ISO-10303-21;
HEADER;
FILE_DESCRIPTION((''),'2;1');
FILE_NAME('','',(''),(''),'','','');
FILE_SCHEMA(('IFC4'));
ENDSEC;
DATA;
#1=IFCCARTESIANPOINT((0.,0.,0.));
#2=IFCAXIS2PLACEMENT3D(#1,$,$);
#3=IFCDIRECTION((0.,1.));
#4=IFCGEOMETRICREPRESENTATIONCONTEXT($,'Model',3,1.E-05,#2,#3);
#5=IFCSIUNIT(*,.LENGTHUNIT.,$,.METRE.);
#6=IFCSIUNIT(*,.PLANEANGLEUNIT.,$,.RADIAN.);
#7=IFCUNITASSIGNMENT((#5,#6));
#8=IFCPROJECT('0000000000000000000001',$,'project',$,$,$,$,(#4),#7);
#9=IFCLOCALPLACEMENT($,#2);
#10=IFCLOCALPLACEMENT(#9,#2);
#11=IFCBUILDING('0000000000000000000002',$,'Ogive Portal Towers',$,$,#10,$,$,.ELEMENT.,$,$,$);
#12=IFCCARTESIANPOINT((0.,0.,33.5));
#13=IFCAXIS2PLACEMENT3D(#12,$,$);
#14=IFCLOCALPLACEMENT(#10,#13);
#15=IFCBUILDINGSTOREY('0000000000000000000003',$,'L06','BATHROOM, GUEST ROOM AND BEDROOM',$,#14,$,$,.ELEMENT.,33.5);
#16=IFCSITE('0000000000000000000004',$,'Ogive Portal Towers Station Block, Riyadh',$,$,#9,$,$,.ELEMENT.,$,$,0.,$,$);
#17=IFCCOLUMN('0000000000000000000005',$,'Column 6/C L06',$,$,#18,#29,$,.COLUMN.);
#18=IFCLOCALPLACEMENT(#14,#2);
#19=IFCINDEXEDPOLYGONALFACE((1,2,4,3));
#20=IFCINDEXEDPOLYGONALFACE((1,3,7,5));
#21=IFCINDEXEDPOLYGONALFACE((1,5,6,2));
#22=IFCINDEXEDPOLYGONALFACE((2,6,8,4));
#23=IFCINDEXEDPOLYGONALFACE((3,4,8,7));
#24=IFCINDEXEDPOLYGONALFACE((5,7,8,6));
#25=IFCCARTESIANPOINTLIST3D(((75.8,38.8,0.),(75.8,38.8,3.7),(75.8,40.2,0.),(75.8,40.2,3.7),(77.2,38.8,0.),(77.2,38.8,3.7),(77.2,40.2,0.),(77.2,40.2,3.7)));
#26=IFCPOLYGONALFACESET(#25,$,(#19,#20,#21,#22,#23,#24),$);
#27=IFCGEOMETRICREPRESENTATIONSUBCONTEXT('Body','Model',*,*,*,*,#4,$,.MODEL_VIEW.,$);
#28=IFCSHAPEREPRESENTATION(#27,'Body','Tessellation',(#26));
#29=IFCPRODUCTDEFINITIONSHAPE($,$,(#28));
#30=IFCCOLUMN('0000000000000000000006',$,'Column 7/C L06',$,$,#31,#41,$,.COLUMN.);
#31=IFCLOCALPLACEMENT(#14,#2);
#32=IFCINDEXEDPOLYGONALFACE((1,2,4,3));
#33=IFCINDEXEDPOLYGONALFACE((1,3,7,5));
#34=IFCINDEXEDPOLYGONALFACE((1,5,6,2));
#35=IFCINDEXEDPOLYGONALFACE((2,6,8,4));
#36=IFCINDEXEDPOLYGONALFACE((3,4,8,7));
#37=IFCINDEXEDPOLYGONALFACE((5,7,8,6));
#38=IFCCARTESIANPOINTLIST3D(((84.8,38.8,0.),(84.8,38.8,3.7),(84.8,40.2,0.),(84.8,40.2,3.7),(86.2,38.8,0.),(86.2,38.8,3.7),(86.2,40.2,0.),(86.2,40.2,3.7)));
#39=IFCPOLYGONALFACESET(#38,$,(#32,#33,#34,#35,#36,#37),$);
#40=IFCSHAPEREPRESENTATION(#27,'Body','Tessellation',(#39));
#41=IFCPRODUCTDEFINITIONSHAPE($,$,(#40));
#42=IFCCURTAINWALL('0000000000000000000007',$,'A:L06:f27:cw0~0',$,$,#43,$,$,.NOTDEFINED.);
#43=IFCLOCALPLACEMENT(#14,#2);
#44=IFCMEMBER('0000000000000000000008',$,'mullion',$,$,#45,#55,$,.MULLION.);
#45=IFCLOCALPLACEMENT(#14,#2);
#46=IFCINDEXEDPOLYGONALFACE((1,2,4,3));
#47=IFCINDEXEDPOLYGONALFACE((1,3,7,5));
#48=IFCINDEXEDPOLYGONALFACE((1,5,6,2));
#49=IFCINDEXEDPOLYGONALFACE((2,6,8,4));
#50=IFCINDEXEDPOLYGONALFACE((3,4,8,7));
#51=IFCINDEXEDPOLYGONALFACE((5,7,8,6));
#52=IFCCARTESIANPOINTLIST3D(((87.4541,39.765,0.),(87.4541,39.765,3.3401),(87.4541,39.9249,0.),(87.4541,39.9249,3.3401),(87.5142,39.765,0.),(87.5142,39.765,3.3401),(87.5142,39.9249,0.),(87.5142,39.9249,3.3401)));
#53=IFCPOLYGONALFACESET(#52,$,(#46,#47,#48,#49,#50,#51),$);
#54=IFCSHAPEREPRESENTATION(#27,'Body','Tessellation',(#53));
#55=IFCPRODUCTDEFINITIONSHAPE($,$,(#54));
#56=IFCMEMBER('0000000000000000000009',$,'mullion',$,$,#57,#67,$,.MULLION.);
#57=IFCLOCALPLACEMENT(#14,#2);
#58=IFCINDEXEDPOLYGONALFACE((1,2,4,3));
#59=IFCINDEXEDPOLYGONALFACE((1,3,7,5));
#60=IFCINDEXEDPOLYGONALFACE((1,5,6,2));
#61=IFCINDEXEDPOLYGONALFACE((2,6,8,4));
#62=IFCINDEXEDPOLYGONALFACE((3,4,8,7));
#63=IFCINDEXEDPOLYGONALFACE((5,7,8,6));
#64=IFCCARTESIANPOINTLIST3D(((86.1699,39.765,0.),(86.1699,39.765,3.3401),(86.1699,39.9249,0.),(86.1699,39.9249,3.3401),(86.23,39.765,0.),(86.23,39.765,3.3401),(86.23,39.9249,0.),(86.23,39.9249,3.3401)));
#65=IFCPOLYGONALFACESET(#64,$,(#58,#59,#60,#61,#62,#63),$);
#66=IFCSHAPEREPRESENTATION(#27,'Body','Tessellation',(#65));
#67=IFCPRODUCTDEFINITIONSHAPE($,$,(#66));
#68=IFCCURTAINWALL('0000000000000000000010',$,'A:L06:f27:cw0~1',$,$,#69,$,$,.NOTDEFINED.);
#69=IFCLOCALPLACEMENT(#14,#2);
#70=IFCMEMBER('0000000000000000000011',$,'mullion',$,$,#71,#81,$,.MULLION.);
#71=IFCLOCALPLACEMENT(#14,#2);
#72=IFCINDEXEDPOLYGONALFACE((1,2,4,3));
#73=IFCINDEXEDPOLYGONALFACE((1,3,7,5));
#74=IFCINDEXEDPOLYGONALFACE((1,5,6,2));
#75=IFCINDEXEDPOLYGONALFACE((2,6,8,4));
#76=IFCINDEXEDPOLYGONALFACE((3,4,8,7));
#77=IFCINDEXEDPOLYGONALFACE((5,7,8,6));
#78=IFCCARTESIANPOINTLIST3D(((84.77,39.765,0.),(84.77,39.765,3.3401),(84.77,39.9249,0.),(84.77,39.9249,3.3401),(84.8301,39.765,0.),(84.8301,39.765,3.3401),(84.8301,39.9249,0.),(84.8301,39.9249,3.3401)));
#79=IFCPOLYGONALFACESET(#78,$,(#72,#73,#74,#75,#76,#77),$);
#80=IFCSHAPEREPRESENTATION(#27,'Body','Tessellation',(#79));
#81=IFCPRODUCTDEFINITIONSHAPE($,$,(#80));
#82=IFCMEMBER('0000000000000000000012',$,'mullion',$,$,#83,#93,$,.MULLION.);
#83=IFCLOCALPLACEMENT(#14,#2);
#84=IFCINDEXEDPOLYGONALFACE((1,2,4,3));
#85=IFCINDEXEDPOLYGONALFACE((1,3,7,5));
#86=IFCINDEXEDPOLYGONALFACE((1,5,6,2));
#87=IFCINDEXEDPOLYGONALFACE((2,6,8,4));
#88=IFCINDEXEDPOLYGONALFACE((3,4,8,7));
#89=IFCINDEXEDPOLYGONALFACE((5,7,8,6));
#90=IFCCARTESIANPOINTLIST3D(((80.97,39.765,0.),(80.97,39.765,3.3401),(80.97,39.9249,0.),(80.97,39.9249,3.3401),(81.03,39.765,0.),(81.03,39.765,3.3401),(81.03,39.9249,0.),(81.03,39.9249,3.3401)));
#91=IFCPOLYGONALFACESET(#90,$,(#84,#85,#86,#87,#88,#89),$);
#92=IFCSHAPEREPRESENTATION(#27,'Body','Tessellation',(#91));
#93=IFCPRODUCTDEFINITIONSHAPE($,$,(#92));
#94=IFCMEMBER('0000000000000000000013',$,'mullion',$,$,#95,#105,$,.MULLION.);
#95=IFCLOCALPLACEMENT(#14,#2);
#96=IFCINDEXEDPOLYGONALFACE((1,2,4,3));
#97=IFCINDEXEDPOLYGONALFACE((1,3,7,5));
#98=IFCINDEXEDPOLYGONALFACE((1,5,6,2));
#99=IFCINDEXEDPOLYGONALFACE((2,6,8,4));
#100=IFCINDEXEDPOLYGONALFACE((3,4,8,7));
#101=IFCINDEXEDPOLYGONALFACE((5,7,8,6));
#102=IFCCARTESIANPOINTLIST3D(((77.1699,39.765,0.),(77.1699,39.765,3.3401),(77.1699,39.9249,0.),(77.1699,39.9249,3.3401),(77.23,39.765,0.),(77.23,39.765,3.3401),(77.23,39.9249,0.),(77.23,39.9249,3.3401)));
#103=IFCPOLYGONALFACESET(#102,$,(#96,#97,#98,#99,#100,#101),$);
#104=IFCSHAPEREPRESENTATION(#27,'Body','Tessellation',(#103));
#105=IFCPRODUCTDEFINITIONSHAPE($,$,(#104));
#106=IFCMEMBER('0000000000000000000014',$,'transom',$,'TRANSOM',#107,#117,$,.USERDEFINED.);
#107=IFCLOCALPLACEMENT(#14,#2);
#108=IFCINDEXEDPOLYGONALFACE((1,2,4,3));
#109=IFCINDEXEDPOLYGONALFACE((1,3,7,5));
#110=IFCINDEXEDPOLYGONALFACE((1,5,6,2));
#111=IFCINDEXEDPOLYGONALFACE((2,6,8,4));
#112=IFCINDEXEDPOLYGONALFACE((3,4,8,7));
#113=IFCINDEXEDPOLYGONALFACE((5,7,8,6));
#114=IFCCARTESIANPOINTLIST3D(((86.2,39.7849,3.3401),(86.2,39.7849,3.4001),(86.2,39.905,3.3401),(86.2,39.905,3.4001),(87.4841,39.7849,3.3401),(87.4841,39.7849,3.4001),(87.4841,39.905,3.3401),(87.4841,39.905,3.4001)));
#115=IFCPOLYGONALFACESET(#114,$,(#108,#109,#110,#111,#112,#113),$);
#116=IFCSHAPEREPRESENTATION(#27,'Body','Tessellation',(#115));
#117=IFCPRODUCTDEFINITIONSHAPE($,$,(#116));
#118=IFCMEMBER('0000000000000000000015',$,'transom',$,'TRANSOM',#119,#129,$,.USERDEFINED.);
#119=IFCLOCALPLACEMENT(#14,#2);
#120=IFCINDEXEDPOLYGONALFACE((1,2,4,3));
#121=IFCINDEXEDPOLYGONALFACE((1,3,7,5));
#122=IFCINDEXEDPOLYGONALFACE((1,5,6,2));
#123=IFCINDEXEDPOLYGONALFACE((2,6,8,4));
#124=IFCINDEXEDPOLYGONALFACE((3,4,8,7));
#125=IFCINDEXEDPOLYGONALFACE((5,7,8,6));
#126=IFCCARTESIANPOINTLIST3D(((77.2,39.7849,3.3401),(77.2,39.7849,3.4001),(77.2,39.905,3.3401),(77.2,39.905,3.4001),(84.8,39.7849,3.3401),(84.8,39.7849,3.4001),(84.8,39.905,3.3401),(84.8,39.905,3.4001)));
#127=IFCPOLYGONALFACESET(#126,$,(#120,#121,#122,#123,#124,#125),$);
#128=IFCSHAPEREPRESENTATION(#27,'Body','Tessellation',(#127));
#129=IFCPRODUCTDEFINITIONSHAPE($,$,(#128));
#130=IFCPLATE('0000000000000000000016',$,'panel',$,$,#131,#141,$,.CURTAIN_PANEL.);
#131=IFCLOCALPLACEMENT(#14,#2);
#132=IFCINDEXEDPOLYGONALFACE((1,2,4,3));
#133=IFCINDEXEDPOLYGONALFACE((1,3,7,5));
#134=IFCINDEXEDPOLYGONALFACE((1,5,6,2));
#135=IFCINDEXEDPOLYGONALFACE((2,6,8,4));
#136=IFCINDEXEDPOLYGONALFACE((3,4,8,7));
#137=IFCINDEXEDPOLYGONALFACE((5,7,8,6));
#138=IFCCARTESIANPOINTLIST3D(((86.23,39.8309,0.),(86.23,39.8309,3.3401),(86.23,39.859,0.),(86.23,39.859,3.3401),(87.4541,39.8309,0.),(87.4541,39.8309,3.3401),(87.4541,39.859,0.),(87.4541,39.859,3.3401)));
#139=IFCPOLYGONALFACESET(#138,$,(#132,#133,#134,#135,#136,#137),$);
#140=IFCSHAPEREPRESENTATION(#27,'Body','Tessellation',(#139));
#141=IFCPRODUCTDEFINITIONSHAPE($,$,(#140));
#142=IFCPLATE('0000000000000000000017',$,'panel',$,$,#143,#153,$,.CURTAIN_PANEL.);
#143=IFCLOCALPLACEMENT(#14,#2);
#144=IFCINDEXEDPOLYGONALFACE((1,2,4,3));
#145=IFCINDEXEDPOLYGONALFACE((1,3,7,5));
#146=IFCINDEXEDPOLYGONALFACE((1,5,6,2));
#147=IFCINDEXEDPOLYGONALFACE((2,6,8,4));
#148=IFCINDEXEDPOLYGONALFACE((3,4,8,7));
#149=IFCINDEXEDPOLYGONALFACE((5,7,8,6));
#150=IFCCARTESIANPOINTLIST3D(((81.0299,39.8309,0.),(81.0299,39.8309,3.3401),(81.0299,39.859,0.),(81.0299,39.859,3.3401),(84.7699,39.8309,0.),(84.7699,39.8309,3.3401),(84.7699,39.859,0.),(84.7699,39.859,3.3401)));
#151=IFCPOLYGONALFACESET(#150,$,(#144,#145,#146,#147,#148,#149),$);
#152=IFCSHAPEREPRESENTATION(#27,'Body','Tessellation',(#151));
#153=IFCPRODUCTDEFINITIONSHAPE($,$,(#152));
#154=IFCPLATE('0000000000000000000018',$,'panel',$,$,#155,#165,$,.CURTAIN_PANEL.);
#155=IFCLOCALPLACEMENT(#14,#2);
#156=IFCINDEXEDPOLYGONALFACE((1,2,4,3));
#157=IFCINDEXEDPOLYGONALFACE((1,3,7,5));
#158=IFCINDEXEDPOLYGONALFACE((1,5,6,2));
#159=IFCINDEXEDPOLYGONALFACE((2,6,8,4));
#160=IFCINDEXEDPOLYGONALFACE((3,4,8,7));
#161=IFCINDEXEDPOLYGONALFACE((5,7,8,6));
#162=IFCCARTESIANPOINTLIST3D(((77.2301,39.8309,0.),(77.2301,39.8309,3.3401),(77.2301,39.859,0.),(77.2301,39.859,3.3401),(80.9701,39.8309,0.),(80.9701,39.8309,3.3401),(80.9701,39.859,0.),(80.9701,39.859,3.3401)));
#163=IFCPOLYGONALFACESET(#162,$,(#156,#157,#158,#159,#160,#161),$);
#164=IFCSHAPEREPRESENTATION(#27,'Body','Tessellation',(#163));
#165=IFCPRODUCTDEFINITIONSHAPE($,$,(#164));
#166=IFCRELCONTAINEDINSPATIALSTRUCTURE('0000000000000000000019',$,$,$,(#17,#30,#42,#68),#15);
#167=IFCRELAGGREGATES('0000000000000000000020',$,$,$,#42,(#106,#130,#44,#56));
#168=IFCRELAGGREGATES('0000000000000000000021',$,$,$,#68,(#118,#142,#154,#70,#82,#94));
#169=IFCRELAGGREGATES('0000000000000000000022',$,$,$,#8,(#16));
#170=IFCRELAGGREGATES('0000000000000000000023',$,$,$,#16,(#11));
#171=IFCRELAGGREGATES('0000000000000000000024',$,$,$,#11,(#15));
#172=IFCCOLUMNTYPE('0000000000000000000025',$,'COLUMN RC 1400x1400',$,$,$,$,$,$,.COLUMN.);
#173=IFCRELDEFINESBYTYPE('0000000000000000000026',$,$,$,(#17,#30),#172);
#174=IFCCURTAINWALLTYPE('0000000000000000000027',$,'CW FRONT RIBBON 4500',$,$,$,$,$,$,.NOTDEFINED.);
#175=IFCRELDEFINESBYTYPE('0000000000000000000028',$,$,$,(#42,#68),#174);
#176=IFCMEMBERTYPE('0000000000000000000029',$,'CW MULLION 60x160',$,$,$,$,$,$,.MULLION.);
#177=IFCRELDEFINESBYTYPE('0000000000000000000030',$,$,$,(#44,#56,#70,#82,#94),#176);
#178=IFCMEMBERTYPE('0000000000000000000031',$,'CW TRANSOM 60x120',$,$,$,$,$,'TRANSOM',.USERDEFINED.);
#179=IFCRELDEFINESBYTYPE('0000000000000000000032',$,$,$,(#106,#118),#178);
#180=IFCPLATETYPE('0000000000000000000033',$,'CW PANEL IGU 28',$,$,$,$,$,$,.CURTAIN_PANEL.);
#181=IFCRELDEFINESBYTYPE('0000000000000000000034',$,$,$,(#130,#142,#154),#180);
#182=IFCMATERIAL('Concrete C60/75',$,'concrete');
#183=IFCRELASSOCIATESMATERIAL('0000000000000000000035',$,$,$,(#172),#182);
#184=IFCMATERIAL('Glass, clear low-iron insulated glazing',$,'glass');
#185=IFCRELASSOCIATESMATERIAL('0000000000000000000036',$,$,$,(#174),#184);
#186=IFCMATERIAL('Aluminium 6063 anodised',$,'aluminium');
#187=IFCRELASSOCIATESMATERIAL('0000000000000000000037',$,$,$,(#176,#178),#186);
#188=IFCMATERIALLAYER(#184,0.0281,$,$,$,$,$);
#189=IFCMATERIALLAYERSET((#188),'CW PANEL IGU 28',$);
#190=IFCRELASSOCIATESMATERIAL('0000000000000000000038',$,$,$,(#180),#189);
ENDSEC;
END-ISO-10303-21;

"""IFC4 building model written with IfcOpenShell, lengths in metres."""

from ifc_helpers import new_model, si_unit, direction, frame, origin, origin_2d, place, context, subcontext, project, spatial, rectangle, extrude, material, layer, layer_set, material_profile, profile_set, type_object, element, aggregate, save


model = new_model("IFC4")

# Units and contexts
model_context = context("Model", 3, precision=1e-05, world=origin(), true_north=direction((0.0, 1.0)))
body_context = subcontext(model_context, "Body", "Model", "MODEL_VIEW")
ifc_project = project(units=[si_unit("LENGTHUNIT", "METRE"), si_unit("PLANEANGLEUNIT", "RADIAN")], contexts=[model_context])

# Site, building, storey
site_placement = place(None, origin())
site = spatial("IfcSite", under=ifc_project, at=site_placement, Name="Ogive Portal Towers Station Block, Riyadh", CompositionType="ELEMENT", RefElevation=0.0)
building_placement = place(site_placement, origin())
building = spatial("IfcBuilding", under=site, at=building_placement, Name="Ogive Portal Towers", CompositionType="ELEMENT")
storey_placement = place(building_placement, frame((0.0, 0.0, 33.5)))
storey = spatial("IfcBuildingStorey", under=building, at=storey_placement, Name="L06", Description="BATHROOM, GUEST ROOM AND BEDROOM", CompositionType="ELEMENT", Elevation=33.5)

# Columns
ifc_material_1 = material(Name="Concrete C60/75", Category="concrete")
ifc_material_profile_1 = material_profile(ifc_material_1, rectangle(XDim=1.3999, YDim=1.3999, at=origin_2d()), Name="RC 1400x1400")
ifc_profile_set_1 = profile_set([ifc_material_profile_1], Name="Concrete C60/75")
column_type = type_object("IfcColumnType", Name="COLUMN RC 1400x1400", PredefinedType="COLUMN", material=ifc_profile_set_1)
for number, where, z_axis, x_axis, name in (
    (1, (76.5, 39.5, 0.0), (0.0, 0.0, 1.0), (1.0, 0.0, 0.0), "Column 6/C L06"),
    (2, (85.5, 39.5, 0.0), (0.0, 0.0, 1.0), (1.0, 0.0, 0.0), "Column 7/C L06"),
):
    element("IfcColumn", number, at=place(storey_placement, frame(where, z_axis=z_axis, x_axis=x_axis)), inside=storey, type_object=column_type, Name=name, PredefinedType="COLUMN", context=body_context, shape_type="SweptSolid", body=[
        extrude(rectangle(XDim=1.3999, YDim=1.3999, at=origin_2d()), origin(), (0.0, 0.0, 1.0), 3.7),
    ])

# Curtain walls, members
ifc_material_2 = material(Name="Glass, clear low-iron insulated glazing", Category="glass")
curtain_wall_type = type_object("IfcCurtainWallType", Name="CW FRONT RIBBON 4500", PredefinedType="NOTDEFINED", material=ifc_material_2)
curtain_wall_1_placement = place(storey_placement, origin())
curtain_wall_1 = element("IfcCurtainWall", 3, at=curtain_wall_1_placement, inside=storey, type_object=curtain_wall_type, Name="A:L06:f27:cw0~0", PredefinedType="NOTDEFINED")
ifc_material_3 = material(Name="Aluminium 6063 anodised", Category="aluminium")
ifc_material_profile_2 = material_profile(ifc_material_3, rectangle(XDim=0.1599, YDim=0.0601, at=origin_2d()), Name="AL 60x160")
ifc_profile_set_2 = profile_set([ifc_material_profile_2], Name="Aluminium 6063 anodised")
member_type_1 = type_object("IfcMemberType", Name="CW MULLION 60x160", PredefinedType="MULLION", material=ifc_profile_set_2)
member_1_placement = place(storey_placement, frame((87.4841, 39.845, 0.0), z_axis=(0.0, 0.0, 1.0), x_axis=(0.0, -1.0, 0.0)))
member_1 = element("IfcMember", 4, at=member_1_placement, type_object=member_type_1, Name="mullion", PredefinedType="MULLION", context=body_context, shape_type="SweptSolid", body=[
    extrude(rectangle(XDim=0.1599, YDim=0.0601, at=origin_2d()), origin(), (0.0, 0.0, 1.0), 3.3401),
])
member_2_placement = place(storey_placement, frame((86.2, 39.845, 0.0), z_axis=(0.0, 0.0, 1.0), x_axis=(0.0, -1.0, 0.0)))
member_2 = element("IfcMember", 5, at=member_2_placement, type_object=member_type_1, Name="mullion", PredefinedType="MULLION", context=body_context, shape_type="SweptSolid", body=[
    extrude(rectangle(XDim=0.1599, YDim=0.0601, at=origin_2d()), origin(), (0.0, 0.0, 1.0), 3.3401),
])
curtain_wall_2_placement = place(storey_placement, origin())
curtain_wall_2 = element("IfcCurtainWall", 6, at=curtain_wall_2_placement, inside=storey, type_object=curtain_wall_type, Name="A:L06:f27:cw0~1", PredefinedType="NOTDEFINED")
member_3_placement = place(storey_placement, frame((84.8, 39.845, 0.0), z_axis=(0.0, 0.0, 1.0), x_axis=(0.0, -1.0, 0.0)))
member_3 = element("IfcMember", 7, at=member_3_placement, type_object=member_type_1, Name="mullion", PredefinedType="MULLION", context=body_context, shape_type="SweptSolid", body=[
    extrude(rectangle(XDim=0.1599, YDim=0.0601, at=origin_2d()), origin(), (0.0, 0.0, 1.0), 3.3401),
])
member_4_placement = place(storey_placement, frame((81.0, 39.845, 0.0), z_axis=(0.0, 0.0, 1.0), x_axis=(0.0, -1.0, 0.0)))
member_4 = element("IfcMember", 8, at=member_4_placement, type_object=member_type_1, Name="mullion", PredefinedType="MULLION", context=body_context, shape_type="SweptSolid", body=[
    extrude(rectangle(XDim=0.1599, YDim=0.0601, at=origin_2d()), origin(), (0.0, 0.0, 1.0), 3.3401),
])
member_5_placement = place(storey_placement, frame((77.2, 39.845, 0.0), z_axis=(0.0, 0.0, 1.0), x_axis=(0.0, -1.0, 0.0)))
member_5 = element("IfcMember", 9, at=member_5_placement, type_object=member_type_1, Name="mullion", PredefinedType="MULLION", context=body_context, shape_type="SweptSolid", body=[
    extrude(rectangle(XDim=0.1599, YDim=0.0601, at=origin_2d()), origin(), (0.0, 0.0, 1.0), 3.3401),
])

# Members
ifc_material_profile_3 = material_profile(ifc_material_3, rectangle(XDim=0.1201, YDim=0.0601, at=origin_2d()), Name="AL 120x60")
ifc_profile_set_3 = profile_set([ifc_material_profile_3], Name="Aluminium 6063 anodised")
member_type_2 = type_object("IfcMemberType", Name="CW TRANSOM 60x120", ElementType="TRANSOM", PredefinedType="USERDEFINED", material=ifc_profile_set_3)
member_6_placement = place(storey_placement, frame((87.4841, 39.845, 3.3701), z_axis=(-1.0, 0.0, 0.0), x_axis=(0.0, -1.0, 0.0)))
member_6 = element("IfcMember", 10, at=member_6_placement, type_object=member_type_2, Name="transom", ObjectType="TRANSOM", PredefinedType="USERDEFINED", context=body_context, shape_type="SweptSolid", body=[
    extrude(rectangle(XDim=0.1201, YDim=0.0601, at=origin_2d()), origin(), (0.0, 0.0, 1.0), 1.2842),
])
member_7_placement = place(storey_placement, frame((84.8, 39.845, 3.3701), z_axis=(-1.0, 0.0, 0.0), x_axis=(0.0, -1.0, 0.0)))
member_7 = element("IfcMember", 11, at=member_7_placement, type_object=member_type_2, Name="transom", ObjectType="TRANSOM", PredefinedType="USERDEFINED", context=body_context, shape_type="SweptSolid", body=[
    extrude(rectangle(XDim=0.1201, YDim=0.0601, at=origin_2d()), origin(), (0.0, 0.0, 1.0), 7.6001),
])

# Plates
ifc_layer_1 = layer(ifc_material_2, 0.0281)
ifc_layer_set_1 = layer_set([ifc_layer_1], Name="CW PANEL IGU 28")
plate_type = type_object("IfcPlateType", Name="CW PANEL IGU 28", PredefinedType="CURTAIN_PANEL", material=ifc_layer_set_1)
plate_1_placement = place(storey_placement, frame((86.842, 39.845, 0.0), z_axis=(0.0, 0.0, 1.0), x_axis=(-1.0, 0.0, 0.0)))
plate_1 = element("IfcPlate", 12, at=plate_1_placement, type_object=plate_type, Name="panel", PredefinedType="CURTAIN_PANEL", context=body_context, shape_type="SweptSolid", body=[
    extrude(rectangle(XDim=1.2241, YDim=0.0281, at=origin_2d()), origin(), (0.0, 0.0, 1.0), 3.3401),
])
aggregate(curtain_wall_1, [member_6, plate_1, member_1, member_2])
plate_2_placement = place(storey_placement, frame((82.8999, 39.845, 0.0), z_axis=(0.0, 0.0, 1.0), x_axis=(-1.0, 0.0, 0.0)))
plate_2 = element("IfcPlate", 13, at=plate_2_placement, type_object=plate_type, Name="panel", PredefinedType="CURTAIN_PANEL", context=body_context, shape_type="SweptSolid", body=[
    extrude(rectangle(XDim=3.74, YDim=0.0281, at=origin_2d()), origin(), (0.0, 0.0, 1.0), 3.3401),
])
plate_3_placement = place(storey_placement, frame((79.1001, 39.845, 0.0), z_axis=(0.0, 0.0, 1.0), x_axis=(-1.0, 0.0, 0.0)))
plate_3 = element("IfcPlate", 14, at=plate_3_placement, type_object=plate_type, Name="panel", PredefinedType="CURTAIN_PANEL", context=body_context, shape_type="SweptSolid", body=[
    extrude(rectangle(XDim=3.74, YDim=0.0281, at=origin_2d()), origin(), (0.0, 0.0, 1.0), 3.3401),
])
aggregate(curtain_wall_2, [member_7, plate_2, plate_3, member_3, member_4, member_5])

save(model, "model.ifc")
